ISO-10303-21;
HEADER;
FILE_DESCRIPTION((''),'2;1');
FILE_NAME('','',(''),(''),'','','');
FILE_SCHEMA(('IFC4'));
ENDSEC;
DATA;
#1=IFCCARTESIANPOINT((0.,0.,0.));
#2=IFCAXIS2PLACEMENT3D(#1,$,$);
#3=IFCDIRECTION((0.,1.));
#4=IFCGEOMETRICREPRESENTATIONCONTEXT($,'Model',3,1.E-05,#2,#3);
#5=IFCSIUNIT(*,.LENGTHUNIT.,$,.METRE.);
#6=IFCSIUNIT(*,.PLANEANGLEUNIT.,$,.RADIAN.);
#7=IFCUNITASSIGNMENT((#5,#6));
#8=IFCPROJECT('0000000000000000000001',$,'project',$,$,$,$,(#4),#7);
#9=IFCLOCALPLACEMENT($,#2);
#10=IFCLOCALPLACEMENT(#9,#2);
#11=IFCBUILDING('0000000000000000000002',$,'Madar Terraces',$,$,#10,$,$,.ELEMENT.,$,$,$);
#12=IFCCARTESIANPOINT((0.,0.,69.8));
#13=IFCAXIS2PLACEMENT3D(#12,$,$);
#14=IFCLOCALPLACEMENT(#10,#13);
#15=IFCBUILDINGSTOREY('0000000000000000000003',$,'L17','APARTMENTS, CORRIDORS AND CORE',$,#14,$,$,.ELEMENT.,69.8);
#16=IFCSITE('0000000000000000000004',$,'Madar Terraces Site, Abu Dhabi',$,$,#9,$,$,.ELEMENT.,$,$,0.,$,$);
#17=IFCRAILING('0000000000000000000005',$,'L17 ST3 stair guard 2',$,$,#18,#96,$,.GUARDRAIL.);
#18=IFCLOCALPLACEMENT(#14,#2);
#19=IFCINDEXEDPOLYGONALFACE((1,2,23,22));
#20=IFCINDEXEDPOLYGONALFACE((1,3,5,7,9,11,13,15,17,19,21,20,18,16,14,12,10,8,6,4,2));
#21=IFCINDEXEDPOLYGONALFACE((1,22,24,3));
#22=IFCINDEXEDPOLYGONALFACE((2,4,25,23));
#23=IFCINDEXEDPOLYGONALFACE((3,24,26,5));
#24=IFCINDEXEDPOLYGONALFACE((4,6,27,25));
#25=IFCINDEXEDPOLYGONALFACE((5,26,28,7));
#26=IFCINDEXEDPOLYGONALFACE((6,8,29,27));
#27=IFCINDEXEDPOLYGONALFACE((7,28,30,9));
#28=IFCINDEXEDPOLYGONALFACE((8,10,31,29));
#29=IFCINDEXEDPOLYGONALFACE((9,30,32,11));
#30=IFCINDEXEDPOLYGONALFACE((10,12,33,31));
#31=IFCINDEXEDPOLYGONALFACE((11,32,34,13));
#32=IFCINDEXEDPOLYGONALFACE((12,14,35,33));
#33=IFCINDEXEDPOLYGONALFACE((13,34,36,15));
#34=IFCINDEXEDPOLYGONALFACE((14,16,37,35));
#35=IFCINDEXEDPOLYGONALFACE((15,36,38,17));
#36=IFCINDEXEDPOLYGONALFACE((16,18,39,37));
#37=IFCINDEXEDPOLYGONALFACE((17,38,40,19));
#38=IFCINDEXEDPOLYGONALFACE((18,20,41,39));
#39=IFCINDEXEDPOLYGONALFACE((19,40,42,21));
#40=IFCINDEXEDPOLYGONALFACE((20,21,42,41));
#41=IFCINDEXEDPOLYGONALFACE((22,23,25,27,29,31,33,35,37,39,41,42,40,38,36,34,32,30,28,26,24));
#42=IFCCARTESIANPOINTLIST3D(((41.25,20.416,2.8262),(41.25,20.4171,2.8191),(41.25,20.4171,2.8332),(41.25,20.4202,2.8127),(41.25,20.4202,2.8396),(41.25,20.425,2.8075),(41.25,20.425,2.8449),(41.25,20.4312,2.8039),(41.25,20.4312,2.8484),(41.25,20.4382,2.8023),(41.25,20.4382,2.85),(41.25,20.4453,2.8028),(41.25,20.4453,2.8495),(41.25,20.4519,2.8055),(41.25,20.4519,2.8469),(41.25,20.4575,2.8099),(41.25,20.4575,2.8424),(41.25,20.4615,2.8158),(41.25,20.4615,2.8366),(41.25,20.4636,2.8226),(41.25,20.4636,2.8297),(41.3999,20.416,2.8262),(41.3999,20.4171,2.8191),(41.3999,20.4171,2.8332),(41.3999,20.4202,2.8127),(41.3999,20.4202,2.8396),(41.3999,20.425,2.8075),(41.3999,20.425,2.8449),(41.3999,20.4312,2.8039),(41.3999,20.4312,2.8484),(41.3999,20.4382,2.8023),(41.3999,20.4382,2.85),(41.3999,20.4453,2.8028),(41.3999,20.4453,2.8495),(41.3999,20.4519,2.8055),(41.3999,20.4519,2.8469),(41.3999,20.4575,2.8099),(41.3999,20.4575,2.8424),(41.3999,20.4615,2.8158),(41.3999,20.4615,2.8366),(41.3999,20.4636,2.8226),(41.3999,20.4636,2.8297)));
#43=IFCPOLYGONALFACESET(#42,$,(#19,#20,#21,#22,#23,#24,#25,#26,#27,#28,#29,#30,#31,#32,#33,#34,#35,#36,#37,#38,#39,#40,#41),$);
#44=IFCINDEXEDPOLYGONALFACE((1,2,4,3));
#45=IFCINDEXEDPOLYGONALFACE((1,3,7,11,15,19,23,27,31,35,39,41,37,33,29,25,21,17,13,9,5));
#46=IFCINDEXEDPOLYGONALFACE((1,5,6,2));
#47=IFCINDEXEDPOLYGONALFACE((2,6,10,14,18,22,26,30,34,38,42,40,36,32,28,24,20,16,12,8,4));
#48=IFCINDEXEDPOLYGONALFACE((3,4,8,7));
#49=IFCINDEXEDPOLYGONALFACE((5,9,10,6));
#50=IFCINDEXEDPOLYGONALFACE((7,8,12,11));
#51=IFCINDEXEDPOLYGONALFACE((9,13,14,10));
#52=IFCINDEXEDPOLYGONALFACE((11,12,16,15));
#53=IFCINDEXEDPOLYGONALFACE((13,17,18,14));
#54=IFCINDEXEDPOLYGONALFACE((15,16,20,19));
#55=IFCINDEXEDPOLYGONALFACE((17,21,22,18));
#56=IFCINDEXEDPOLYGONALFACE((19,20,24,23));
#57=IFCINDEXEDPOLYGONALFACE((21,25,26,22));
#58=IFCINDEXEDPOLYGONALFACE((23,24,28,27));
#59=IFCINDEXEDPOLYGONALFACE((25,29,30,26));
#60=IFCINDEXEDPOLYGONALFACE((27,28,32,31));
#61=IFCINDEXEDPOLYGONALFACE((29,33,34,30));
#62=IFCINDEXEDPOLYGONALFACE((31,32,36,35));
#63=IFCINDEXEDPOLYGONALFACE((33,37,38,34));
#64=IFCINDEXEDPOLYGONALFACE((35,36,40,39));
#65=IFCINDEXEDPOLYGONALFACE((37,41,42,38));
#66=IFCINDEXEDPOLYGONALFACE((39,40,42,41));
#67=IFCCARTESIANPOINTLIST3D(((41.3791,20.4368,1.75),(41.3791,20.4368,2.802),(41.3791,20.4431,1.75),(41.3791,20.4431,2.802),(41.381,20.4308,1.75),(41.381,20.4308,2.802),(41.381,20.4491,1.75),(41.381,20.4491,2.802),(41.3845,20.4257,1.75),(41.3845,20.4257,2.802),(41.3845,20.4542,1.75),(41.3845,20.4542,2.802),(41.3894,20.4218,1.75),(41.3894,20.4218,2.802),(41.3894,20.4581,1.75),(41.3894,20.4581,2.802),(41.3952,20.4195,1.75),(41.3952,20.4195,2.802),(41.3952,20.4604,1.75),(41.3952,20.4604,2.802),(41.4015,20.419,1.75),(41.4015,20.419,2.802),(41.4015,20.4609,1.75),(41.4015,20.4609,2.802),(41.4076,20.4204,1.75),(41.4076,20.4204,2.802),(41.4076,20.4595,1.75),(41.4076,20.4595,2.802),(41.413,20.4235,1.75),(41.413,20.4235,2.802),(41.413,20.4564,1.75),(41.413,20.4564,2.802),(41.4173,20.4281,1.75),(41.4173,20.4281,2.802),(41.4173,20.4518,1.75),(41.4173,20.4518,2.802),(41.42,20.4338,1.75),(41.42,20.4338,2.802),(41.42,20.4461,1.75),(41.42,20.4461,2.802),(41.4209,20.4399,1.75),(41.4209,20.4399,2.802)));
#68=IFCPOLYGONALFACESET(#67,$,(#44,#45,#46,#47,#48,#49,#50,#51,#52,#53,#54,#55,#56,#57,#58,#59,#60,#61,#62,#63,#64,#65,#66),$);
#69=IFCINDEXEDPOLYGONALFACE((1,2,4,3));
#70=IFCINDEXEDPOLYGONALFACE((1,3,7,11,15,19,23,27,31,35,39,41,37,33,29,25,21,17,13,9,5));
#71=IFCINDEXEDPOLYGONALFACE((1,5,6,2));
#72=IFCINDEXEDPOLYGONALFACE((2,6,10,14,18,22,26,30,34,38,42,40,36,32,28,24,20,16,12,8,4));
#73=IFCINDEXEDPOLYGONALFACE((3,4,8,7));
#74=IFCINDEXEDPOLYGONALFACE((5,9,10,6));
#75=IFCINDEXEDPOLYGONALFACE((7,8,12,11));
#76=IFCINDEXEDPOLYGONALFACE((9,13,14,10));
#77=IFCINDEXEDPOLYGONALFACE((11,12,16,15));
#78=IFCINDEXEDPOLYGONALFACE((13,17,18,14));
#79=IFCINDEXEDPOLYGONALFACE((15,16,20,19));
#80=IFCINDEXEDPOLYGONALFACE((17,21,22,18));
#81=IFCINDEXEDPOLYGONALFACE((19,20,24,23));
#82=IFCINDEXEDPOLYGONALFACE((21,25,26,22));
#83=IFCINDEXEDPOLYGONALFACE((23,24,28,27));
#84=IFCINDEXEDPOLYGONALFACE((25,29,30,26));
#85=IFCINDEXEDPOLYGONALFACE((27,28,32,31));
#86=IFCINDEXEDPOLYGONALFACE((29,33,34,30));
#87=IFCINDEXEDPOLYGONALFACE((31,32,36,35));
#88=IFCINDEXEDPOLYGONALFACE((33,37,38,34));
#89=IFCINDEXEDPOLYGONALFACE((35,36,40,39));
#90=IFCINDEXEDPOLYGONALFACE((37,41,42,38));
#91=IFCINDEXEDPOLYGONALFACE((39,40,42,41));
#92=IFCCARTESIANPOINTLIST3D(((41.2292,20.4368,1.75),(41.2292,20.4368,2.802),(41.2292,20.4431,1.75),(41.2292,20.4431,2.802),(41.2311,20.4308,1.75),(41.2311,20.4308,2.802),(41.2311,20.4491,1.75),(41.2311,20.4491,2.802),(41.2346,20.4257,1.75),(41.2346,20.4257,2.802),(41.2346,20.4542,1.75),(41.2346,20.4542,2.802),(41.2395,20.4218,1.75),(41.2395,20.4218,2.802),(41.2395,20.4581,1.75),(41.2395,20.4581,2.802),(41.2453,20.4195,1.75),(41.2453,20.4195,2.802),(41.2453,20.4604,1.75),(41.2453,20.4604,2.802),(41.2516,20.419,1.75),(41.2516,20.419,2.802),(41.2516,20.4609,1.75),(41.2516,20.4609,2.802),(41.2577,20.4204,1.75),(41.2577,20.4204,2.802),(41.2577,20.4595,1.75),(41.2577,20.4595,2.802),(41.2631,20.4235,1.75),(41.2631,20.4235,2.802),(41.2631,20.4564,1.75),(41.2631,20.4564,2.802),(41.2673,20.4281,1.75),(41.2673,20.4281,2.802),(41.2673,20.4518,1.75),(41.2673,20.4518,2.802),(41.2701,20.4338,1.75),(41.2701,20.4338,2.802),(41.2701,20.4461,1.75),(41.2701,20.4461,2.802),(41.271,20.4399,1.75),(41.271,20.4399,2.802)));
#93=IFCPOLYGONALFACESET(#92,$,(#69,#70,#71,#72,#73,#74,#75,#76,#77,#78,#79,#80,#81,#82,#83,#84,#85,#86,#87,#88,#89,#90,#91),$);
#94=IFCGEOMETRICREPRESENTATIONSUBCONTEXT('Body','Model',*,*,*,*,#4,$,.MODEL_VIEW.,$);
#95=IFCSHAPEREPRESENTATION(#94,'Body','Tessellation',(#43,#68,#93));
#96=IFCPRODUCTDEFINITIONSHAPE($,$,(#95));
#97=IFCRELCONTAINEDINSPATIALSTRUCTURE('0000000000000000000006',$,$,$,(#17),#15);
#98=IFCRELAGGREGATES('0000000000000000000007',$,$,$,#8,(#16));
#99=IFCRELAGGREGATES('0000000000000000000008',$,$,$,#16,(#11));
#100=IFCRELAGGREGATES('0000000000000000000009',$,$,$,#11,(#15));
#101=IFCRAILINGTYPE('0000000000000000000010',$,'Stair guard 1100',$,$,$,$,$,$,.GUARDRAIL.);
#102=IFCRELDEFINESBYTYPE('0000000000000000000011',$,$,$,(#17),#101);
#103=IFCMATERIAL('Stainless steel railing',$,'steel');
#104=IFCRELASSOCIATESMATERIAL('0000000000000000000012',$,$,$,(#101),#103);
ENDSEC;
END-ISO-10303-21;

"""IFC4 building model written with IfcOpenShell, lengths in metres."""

from ifc_helpers import new_model, si_unit, direction, frame, origin, origin_2d, place, context, subcontext, project, spatial, circle, extrude, material, type_object, element, save


model = new_model("IFC4")

# Units and contexts
model_context = context("Model", 3, precision=1e-05, world=origin(), true_north=direction((0.0, 1.0)))
body_context = subcontext(model_context, "Body", "Model", "MODEL_VIEW")
ifc_project = project(units=[si_unit("LENGTHUNIT", "METRE"), si_unit("PLANEANGLEUNIT", "RADIAN")], contexts=[model_context])

# Site, building, storey
site_placement = place(None, origin())
site = spatial("IfcSite", under=ifc_project, at=site_placement, Name="Madar Terraces Site, Abu Dhabi", CompositionType="ELEMENT", RefElevation=0.0)
building_placement = place(site_placement, origin())
building = spatial("IfcBuilding", under=site, at=building_placement, Name="Madar Terraces", CompositionType="ELEMENT")
storey_placement = place(building_placement, frame((0.0, 0.0, 69.8)))
storey = spatial("IfcBuildingStorey", under=building, at=storey_placement, Name="L17", Description="APARTMENTS, CORRIDORS AND CORE", CompositionType="ELEMENT", Elevation=69.8)

# Railing
ifc_material_1 = material(Name="Stainless steel railing", Category="steel")
railing_type_1 = type_object("IfcRailingType", Name="Stair guard 1100", PredefinedType="GUARDRAIL", material=ifc_material_1)
railing_1_placement = place(storey_placement, frame((41.3999, 20.4399, 1.75)))
element("IfcRailing", 1, at=railing_1_placement, inside=storey, type_object=railing_type_1, Name="L17 ST3 stair guard 2", PredefinedType="GUARDRAIL", context=body_context, shape_type="SweptSolid", body=[
    extrude(circle(Radius=0.0239, at=origin_2d()), frame((0.0, 0.0, 1.0762), z_axis=(-1.0, 0.0, 0.0), x_axis=(0.0, -1.0, 0.0)), (0.0, 0.0, 1.0), 0.1499),
    extrude(circle(Radius=0.021, at=origin_2d()), origin(), (0.0, 0.0, 1.0), 1.052),
    extrude(circle(Radius=0.021, at=origin_2d()), frame((-0.1499, 0.0, 0.0)), (0.0, 0.0, 1.0), 1.052),
])

save(model, "model.ifc")
